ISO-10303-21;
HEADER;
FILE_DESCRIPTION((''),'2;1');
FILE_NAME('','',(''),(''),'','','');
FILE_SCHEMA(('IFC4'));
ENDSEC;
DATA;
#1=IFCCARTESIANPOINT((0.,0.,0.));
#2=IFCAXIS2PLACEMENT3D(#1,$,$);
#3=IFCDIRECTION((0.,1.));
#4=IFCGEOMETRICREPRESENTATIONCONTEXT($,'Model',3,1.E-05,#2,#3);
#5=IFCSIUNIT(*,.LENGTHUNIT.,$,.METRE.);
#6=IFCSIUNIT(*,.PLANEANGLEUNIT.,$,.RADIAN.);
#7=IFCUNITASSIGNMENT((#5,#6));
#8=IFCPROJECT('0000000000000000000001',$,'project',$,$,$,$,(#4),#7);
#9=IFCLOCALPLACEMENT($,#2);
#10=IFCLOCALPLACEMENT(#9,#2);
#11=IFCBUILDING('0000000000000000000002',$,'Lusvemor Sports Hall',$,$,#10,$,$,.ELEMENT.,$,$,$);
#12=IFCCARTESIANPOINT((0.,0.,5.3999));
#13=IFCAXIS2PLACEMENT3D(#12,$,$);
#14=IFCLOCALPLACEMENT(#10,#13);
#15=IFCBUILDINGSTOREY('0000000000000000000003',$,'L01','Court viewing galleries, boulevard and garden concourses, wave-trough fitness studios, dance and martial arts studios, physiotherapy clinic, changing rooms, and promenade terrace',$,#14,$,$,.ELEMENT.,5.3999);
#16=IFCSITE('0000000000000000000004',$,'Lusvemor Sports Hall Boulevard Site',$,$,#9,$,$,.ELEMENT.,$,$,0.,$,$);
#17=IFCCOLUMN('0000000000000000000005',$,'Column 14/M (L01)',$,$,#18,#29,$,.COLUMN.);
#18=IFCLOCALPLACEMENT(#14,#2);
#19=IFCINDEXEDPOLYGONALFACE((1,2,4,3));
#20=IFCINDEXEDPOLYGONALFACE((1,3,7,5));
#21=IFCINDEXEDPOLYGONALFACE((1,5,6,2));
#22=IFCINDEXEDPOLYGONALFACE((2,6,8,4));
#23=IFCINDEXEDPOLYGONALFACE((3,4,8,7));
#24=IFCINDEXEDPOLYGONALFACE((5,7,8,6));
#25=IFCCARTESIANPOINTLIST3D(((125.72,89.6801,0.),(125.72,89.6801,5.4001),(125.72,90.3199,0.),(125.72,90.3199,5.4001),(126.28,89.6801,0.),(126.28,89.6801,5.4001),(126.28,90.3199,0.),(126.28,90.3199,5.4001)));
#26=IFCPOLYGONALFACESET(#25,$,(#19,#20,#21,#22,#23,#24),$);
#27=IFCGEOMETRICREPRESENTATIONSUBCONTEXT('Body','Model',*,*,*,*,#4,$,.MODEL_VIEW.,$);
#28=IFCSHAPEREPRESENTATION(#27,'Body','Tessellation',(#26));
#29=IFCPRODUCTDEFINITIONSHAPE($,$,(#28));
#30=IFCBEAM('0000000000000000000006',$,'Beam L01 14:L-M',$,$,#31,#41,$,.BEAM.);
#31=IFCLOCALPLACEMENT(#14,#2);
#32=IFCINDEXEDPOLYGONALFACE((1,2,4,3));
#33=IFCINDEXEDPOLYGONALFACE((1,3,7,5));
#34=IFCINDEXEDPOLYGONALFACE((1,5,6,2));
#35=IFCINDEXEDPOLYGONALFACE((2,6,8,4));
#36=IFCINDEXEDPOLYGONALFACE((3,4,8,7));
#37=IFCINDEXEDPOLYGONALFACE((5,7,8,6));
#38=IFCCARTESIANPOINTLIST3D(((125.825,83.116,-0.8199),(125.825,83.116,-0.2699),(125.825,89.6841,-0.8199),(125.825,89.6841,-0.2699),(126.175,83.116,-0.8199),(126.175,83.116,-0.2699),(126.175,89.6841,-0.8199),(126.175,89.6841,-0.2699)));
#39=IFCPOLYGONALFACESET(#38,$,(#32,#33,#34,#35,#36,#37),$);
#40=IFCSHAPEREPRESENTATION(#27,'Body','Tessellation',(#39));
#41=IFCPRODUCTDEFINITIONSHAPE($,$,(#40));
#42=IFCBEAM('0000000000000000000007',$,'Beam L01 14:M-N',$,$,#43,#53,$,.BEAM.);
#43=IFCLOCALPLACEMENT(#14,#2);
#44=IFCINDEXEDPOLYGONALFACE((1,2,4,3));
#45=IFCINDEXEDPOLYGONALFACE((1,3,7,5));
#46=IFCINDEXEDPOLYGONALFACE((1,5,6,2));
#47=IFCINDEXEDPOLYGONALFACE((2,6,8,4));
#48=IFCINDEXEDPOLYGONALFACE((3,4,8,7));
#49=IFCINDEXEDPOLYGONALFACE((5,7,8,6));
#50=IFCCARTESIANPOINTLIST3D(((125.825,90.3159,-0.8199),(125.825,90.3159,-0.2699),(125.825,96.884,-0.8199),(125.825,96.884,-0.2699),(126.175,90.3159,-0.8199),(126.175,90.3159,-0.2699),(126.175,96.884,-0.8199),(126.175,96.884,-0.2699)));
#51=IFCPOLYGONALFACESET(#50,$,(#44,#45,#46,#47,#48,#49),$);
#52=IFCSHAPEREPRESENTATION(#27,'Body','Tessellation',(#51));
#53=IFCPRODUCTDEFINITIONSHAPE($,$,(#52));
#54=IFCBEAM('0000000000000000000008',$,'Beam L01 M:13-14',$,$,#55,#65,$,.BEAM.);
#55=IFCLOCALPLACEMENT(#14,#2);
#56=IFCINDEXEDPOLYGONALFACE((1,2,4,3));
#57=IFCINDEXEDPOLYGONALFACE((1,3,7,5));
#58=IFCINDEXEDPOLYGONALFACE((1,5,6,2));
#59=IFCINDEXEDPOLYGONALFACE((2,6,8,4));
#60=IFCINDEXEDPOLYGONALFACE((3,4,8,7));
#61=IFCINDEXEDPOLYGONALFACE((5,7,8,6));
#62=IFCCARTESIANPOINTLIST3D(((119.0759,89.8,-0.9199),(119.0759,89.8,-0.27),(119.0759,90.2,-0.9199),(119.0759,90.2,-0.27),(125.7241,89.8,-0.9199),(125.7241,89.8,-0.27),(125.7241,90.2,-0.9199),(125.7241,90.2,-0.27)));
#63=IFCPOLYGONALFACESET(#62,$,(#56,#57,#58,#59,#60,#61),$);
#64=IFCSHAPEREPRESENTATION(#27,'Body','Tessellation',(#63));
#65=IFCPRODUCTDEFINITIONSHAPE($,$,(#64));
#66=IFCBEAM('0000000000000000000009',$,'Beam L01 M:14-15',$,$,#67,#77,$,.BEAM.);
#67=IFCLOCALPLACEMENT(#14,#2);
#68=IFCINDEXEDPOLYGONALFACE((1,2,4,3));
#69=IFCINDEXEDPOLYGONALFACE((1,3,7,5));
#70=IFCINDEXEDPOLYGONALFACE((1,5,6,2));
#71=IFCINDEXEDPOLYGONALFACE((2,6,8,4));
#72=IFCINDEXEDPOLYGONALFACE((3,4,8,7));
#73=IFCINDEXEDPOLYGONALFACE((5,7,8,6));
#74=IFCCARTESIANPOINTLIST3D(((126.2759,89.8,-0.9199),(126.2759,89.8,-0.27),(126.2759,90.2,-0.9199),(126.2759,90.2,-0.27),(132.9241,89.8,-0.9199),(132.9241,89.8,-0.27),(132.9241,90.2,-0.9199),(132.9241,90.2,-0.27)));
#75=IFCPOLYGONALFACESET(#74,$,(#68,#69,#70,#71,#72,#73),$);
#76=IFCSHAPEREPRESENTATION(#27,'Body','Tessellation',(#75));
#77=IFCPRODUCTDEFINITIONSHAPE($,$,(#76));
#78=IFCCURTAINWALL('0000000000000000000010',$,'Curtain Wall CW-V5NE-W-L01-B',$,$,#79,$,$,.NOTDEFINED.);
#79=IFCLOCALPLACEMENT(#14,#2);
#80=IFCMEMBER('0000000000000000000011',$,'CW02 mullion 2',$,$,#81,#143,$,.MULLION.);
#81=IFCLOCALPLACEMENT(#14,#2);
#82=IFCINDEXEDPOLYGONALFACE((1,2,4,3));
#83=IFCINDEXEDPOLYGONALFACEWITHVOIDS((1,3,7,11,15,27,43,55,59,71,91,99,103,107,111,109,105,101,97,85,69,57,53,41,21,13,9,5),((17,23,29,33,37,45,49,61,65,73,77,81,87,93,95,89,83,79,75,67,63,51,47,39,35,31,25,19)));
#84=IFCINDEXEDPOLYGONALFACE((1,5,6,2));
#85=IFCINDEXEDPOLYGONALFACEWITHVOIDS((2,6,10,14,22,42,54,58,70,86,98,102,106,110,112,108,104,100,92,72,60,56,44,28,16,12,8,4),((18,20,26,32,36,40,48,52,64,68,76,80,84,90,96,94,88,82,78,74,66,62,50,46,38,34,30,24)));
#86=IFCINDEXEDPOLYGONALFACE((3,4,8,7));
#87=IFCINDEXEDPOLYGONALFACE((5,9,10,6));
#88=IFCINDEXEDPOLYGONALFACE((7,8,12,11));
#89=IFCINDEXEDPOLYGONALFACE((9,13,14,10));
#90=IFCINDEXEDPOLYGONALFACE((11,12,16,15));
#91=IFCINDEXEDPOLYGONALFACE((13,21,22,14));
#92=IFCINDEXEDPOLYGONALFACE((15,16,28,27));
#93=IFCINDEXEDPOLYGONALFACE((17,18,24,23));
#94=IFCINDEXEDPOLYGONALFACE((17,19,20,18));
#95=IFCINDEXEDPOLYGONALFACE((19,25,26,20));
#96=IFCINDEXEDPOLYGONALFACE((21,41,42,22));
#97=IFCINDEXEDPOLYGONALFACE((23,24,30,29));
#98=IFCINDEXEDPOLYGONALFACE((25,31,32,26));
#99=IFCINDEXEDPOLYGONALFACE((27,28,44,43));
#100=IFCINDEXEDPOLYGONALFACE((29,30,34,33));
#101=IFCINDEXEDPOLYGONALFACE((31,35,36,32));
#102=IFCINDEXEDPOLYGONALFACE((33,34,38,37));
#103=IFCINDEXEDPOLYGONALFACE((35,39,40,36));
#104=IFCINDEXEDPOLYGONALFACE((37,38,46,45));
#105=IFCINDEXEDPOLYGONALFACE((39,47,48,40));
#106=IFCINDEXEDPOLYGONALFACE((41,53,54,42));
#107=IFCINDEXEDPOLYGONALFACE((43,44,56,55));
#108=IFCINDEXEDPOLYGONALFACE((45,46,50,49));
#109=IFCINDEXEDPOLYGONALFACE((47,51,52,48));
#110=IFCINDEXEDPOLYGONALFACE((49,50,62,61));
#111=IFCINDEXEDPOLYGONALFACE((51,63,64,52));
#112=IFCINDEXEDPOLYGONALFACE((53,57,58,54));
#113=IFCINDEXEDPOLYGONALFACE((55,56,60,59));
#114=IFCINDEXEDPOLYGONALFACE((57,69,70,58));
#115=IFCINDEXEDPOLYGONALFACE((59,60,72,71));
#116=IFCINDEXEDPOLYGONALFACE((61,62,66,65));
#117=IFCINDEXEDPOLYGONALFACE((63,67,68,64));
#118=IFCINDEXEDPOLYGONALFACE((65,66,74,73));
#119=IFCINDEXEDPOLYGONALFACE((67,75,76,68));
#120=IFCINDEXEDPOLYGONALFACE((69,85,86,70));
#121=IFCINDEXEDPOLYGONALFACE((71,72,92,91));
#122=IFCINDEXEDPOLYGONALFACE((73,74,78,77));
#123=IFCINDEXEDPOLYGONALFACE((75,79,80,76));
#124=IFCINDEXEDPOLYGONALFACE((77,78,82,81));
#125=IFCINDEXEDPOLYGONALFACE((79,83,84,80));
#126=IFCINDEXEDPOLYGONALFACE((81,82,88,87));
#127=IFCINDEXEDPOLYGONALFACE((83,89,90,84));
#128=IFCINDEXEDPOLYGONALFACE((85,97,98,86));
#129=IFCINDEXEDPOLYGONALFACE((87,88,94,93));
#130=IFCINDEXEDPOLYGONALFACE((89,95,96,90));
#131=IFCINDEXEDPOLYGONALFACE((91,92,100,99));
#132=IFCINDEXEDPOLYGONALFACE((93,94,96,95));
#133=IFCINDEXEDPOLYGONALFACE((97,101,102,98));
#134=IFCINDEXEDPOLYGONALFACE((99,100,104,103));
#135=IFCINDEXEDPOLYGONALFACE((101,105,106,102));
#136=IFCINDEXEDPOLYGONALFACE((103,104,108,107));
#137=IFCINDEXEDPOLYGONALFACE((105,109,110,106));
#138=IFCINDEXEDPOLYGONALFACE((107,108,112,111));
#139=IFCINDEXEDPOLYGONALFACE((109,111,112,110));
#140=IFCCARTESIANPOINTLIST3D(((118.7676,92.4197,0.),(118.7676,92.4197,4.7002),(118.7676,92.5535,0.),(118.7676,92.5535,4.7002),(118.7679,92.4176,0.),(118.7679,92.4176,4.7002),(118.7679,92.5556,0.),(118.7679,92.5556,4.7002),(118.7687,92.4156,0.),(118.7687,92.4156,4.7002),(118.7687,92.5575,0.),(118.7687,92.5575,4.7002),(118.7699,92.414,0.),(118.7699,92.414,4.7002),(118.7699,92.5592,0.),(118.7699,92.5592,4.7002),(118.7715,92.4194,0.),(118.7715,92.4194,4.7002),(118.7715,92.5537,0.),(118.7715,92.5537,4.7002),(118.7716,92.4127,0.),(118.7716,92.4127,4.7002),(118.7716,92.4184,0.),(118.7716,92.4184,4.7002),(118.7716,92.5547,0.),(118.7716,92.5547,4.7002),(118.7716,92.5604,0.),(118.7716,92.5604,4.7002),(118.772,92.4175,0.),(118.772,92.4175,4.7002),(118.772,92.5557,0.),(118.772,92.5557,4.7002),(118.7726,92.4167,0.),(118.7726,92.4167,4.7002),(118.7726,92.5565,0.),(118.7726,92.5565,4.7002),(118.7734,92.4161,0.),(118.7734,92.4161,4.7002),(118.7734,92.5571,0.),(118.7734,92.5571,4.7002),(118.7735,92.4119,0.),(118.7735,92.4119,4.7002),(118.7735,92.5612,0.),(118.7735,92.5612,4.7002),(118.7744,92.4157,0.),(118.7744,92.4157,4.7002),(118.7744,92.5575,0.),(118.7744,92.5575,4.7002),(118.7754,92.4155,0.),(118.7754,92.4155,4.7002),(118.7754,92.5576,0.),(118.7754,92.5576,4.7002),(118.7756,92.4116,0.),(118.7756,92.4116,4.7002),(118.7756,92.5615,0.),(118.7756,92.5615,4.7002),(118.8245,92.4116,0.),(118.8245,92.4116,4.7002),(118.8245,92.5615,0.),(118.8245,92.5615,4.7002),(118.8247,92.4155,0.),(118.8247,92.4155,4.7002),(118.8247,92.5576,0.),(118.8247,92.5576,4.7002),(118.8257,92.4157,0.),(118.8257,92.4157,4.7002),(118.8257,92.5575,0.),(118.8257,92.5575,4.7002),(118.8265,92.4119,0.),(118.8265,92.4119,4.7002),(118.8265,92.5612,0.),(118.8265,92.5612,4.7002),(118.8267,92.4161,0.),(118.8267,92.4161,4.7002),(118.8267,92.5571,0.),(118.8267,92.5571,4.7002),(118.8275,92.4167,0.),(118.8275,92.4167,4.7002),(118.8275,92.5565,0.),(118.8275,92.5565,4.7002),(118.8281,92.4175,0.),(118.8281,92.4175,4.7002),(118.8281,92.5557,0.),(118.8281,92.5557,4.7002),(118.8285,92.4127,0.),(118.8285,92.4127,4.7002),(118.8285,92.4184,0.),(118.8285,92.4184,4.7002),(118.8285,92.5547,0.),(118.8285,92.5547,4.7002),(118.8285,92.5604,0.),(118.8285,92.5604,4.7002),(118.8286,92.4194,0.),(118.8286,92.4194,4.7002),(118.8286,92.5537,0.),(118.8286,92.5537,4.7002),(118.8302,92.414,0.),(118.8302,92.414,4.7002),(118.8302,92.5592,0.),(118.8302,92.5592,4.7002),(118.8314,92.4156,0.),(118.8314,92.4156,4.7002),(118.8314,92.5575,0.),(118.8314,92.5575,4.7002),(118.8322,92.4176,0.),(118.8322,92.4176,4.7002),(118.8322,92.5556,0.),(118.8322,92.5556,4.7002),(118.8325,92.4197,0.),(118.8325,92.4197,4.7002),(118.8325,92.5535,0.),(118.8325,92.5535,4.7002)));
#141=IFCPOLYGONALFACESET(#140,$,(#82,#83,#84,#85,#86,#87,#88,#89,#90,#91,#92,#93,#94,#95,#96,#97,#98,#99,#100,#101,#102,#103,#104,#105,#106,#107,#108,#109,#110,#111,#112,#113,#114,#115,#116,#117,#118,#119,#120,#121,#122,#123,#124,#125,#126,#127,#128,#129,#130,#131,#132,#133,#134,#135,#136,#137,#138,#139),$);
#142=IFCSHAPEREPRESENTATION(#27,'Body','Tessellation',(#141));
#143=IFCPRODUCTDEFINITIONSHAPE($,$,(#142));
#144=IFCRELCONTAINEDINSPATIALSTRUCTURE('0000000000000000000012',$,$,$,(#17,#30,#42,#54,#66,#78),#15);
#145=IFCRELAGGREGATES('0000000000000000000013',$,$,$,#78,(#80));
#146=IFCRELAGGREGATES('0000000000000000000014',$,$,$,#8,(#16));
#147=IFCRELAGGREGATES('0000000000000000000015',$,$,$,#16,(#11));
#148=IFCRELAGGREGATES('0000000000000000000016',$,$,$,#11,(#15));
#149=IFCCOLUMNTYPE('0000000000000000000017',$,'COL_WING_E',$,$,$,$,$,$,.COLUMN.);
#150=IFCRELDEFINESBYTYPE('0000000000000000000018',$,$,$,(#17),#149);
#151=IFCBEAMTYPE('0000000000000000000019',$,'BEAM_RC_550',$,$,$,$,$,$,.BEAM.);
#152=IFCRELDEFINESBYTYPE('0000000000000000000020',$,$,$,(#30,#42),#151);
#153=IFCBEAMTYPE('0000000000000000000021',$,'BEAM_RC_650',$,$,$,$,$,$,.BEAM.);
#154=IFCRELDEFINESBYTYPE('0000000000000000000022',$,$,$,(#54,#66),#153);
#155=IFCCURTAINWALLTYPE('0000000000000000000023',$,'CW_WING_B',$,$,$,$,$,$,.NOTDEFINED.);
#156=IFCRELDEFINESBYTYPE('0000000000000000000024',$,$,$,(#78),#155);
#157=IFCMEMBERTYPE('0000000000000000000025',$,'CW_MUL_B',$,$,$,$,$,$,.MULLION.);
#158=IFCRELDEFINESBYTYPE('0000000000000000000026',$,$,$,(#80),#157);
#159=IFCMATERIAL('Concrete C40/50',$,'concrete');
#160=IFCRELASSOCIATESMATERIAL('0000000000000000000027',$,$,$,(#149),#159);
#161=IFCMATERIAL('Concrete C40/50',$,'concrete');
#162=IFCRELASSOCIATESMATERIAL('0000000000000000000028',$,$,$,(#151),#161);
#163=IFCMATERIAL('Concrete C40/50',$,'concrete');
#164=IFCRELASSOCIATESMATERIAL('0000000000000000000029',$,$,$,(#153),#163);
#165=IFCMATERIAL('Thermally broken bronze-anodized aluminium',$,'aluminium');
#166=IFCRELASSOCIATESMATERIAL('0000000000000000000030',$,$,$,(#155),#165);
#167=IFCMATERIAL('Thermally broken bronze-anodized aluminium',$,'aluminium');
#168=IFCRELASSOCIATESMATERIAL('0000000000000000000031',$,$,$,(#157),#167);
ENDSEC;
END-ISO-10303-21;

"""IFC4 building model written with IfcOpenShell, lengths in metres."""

from ifc_helpers import new_model, si_unit, direction, frame, origin, origin_2d, place, context, subcontext, project, spatial, rectangle, hollow_rectangle, extrude, material, material_profile, profile_set, type_object, element, aggregate, save


model = new_model("IFC4")

# Units and contexts
model_context = context("Model", 3, precision=1e-05, world=origin(), true_north=direction((0.0, 1.0)))
body_context = subcontext(model_context, "Body", "Model", "MODEL_VIEW")
ifc_project = project(units=[si_unit("LENGTHUNIT", "METRE"), si_unit("PLANEANGLEUNIT", "RADIAN")], contexts=[model_context])

# Site, building, storey
site_placement = place(None, origin())
site = spatial("IfcSite", under=ifc_project, at=site_placement, Name="Lusvemor Sports Hall Boulevard Site", CompositionType="ELEMENT", RefElevation=0.0)
building_placement = place(site_placement, origin())
building = spatial("IfcBuilding", under=site, at=building_placement, Name="Lusvemor Sports Hall", CompositionType="ELEMENT")
storey_placement = place(building_placement, frame((0.0, 0.0, 5.3999)))
storey = spatial("IfcBuildingStorey", under=building, at=storey_placement, Name="L01", Description="Court viewing galleries, boulevard and garden concourses, wave-trough fitness studios, dance and martial arts studios, physiotherapy clinic, changing rooms, and promenade terrace", CompositionType="ELEMENT", Elevation=5.3999)

# Column
ifc_material_1 = material(Name="Concrete C40/50", Category="concrete")
ifc_material_profile_1 = material_profile(ifc_material_1, rectangle(XDim=0.5601, YDim=0.6399, at=origin_2d()), Name="RC560x640")
ifc_profile_set_1 = profile_set([ifc_material_profile_1], Name="Concrete C40/50")
column_type = type_object("IfcColumnType", Name="COL_WING_E", PredefinedType="COLUMN", material=ifc_profile_set_1)
column_placement = place(storey_placement, frame((126.0, 90.0, 0.0), z_axis=(0.0, 0.0, 1.0), x_axis=(1.0, 0.0, 0.0)))
element("IfcColumn", 1, at=column_placement, inside=storey, type_object=column_type, Name="Column 14/M (L01)", PredefinedType="COLUMN", context=body_context, shape_type="SweptSolid", body=[
    extrude(rectangle(XDim=0.5601, YDim=0.6399, at=origin_2d()), origin(), (0.0, 0.0, 1.0), 5.4001),
])

# Beams
ifc_material_2 = material(Name="Concrete C40/50", Category="concrete")
ifc_material_profile_2 = material_profile(ifc_material_2, rectangle(XDim=0.3501, YDim=0.55, at=origin_2d()), Name="RC350x550")
ifc_profile_set_2 = profile_set([ifc_material_profile_2], Name="Concrete C40/50")
beam_type_1 = type_object("IfcBeamType", Name="BEAM_RC_550", PredefinedType="BEAM", material=ifc_profile_set_2)
for number, where, z_axis, x_axis, name in (
    (2, (126.0, 83.116, -0.5449), (0.0, 1.0, 0.0), (-1.0, 0.0, 0.0), "Beam L01 14:L-M"),
    (3, (126.0, 90.3159, -0.5449), (0.0, 1.0, 0.0), (-1.0, 0.0, 0.0), "Beam L01 14:M-N"),
):
    element("IfcBeam", number, at=place(storey_placement, frame(where, z_axis=z_axis, x_axis=x_axis)), inside=storey, type_object=beam_type_1, Name=name, PredefinedType="BEAM", context=body_context, shape_type="SweptSolid", body=[
        extrude(rectangle(XDim=0.3501, YDim=0.55, at=origin_2d()), origin(), (0.0, 0.0, 1.0), 6.5681),
    ])
ifc_material_3 = material(Name="Concrete C40/50", Category="concrete")
ifc_material_profile_3 = material_profile(ifc_material_3, rectangle(XDim=0.3999, YDim=0.6499, at=origin_2d()), Name="RC400x650")
ifc_profile_set_3 = profile_set([ifc_material_profile_3], Name="Concrete C40/50")
beam_type_2 = type_object("IfcBeamType", Name="BEAM_RC_650", PredefinedType="BEAM", material=ifc_profile_set_3)
for number, where, z_axis, x_axis, name in (
    (4, (119.0759, 90.0, -0.595), (1.0, 0.0, 0.0), (0.0, 1.0, 0.0), "Beam L01 M:13-14"),
    (5, (126.2759, 90.0, -0.595), (1.0, 0.0, 0.0), (0.0, 1.0, 0.0), "Beam L01 M:14-15"),
):
    element("IfcBeam", number, at=place(storey_placement, frame(where, z_axis=z_axis, x_axis=x_axis)), inside=storey, type_object=beam_type_2, Name=name, PredefinedType="BEAM", context=body_context, shape_type="SweptSolid", body=[
        extrude(rectangle(XDim=0.3999, YDim=0.6499, at=origin_2d()), origin(), (0.0, 0.0, 1.0), 6.6482),
    ])

# Curtain wall, member
ifc_material_4 = material(Name="Thermally broken bronze-anodized aluminium", Category="aluminium")
curtain_wall_type = type_object("IfcCurtainWallType", Name="CW_WING_B", PredefinedType="NOTDEFINED", material=ifc_material_4)
curtain_wall_1_placement = place(storey_placement, origin())
curtain_wall_1 = element("IfcCurtainWall", 6, at=curtain_wall_1_placement, inside=storey, type_object=curtain_wall_type, Name="Curtain Wall CW-V5NE-W-L01-B", PredefinedType="NOTDEFINED")
ifc_material_5 = material(Name="Thermally broken bronze-anodized aluminium", Category="aluminium")
ifc_material_profile_4 = material_profile(ifc_material_5, hollow_rectangle(XDim=0.0649, YDim=0.1499, WallThickness=0.0039, InnerFilletRadius=0.0039, OuterFilletRadius=0.0081, at=origin_2d()), Name="CWMUL150x65x4")
ifc_profile_set_4 = profile_set([ifc_material_profile_4], Name="Thermally broken bronze-anodized aluminium")
member_type_1 = type_object("IfcMemberType", Name="CW_MUL_B", PredefinedType="MULLION", material=ifc_profile_set_4)
member_1_placement = place(storey_placement, frame((118.8, 92.4866, 0.0), z_axis=(0.0, 0.0, 1.0), x_axis=(-1.0, 0.0, 0.0)))
member_1 = element("IfcMember", 7, at=member_1_placement, type_object=member_type_1, Name="CW02 mullion 2", PredefinedType="MULLION", context=body_context, shape_type="SweptSolid", body=[
    extrude(hollow_rectangle(XDim=0.0649, YDim=0.1499, WallThickness=0.0039, InnerFilletRadius=0.0039, OuterFilletRadius=0.0081, at=origin_2d()), origin(), (0.0, 0.0, 1.0), 4.7002),
])

aggregate(curtain_wall_1, [member_1])

save(model, "model.ifc")
